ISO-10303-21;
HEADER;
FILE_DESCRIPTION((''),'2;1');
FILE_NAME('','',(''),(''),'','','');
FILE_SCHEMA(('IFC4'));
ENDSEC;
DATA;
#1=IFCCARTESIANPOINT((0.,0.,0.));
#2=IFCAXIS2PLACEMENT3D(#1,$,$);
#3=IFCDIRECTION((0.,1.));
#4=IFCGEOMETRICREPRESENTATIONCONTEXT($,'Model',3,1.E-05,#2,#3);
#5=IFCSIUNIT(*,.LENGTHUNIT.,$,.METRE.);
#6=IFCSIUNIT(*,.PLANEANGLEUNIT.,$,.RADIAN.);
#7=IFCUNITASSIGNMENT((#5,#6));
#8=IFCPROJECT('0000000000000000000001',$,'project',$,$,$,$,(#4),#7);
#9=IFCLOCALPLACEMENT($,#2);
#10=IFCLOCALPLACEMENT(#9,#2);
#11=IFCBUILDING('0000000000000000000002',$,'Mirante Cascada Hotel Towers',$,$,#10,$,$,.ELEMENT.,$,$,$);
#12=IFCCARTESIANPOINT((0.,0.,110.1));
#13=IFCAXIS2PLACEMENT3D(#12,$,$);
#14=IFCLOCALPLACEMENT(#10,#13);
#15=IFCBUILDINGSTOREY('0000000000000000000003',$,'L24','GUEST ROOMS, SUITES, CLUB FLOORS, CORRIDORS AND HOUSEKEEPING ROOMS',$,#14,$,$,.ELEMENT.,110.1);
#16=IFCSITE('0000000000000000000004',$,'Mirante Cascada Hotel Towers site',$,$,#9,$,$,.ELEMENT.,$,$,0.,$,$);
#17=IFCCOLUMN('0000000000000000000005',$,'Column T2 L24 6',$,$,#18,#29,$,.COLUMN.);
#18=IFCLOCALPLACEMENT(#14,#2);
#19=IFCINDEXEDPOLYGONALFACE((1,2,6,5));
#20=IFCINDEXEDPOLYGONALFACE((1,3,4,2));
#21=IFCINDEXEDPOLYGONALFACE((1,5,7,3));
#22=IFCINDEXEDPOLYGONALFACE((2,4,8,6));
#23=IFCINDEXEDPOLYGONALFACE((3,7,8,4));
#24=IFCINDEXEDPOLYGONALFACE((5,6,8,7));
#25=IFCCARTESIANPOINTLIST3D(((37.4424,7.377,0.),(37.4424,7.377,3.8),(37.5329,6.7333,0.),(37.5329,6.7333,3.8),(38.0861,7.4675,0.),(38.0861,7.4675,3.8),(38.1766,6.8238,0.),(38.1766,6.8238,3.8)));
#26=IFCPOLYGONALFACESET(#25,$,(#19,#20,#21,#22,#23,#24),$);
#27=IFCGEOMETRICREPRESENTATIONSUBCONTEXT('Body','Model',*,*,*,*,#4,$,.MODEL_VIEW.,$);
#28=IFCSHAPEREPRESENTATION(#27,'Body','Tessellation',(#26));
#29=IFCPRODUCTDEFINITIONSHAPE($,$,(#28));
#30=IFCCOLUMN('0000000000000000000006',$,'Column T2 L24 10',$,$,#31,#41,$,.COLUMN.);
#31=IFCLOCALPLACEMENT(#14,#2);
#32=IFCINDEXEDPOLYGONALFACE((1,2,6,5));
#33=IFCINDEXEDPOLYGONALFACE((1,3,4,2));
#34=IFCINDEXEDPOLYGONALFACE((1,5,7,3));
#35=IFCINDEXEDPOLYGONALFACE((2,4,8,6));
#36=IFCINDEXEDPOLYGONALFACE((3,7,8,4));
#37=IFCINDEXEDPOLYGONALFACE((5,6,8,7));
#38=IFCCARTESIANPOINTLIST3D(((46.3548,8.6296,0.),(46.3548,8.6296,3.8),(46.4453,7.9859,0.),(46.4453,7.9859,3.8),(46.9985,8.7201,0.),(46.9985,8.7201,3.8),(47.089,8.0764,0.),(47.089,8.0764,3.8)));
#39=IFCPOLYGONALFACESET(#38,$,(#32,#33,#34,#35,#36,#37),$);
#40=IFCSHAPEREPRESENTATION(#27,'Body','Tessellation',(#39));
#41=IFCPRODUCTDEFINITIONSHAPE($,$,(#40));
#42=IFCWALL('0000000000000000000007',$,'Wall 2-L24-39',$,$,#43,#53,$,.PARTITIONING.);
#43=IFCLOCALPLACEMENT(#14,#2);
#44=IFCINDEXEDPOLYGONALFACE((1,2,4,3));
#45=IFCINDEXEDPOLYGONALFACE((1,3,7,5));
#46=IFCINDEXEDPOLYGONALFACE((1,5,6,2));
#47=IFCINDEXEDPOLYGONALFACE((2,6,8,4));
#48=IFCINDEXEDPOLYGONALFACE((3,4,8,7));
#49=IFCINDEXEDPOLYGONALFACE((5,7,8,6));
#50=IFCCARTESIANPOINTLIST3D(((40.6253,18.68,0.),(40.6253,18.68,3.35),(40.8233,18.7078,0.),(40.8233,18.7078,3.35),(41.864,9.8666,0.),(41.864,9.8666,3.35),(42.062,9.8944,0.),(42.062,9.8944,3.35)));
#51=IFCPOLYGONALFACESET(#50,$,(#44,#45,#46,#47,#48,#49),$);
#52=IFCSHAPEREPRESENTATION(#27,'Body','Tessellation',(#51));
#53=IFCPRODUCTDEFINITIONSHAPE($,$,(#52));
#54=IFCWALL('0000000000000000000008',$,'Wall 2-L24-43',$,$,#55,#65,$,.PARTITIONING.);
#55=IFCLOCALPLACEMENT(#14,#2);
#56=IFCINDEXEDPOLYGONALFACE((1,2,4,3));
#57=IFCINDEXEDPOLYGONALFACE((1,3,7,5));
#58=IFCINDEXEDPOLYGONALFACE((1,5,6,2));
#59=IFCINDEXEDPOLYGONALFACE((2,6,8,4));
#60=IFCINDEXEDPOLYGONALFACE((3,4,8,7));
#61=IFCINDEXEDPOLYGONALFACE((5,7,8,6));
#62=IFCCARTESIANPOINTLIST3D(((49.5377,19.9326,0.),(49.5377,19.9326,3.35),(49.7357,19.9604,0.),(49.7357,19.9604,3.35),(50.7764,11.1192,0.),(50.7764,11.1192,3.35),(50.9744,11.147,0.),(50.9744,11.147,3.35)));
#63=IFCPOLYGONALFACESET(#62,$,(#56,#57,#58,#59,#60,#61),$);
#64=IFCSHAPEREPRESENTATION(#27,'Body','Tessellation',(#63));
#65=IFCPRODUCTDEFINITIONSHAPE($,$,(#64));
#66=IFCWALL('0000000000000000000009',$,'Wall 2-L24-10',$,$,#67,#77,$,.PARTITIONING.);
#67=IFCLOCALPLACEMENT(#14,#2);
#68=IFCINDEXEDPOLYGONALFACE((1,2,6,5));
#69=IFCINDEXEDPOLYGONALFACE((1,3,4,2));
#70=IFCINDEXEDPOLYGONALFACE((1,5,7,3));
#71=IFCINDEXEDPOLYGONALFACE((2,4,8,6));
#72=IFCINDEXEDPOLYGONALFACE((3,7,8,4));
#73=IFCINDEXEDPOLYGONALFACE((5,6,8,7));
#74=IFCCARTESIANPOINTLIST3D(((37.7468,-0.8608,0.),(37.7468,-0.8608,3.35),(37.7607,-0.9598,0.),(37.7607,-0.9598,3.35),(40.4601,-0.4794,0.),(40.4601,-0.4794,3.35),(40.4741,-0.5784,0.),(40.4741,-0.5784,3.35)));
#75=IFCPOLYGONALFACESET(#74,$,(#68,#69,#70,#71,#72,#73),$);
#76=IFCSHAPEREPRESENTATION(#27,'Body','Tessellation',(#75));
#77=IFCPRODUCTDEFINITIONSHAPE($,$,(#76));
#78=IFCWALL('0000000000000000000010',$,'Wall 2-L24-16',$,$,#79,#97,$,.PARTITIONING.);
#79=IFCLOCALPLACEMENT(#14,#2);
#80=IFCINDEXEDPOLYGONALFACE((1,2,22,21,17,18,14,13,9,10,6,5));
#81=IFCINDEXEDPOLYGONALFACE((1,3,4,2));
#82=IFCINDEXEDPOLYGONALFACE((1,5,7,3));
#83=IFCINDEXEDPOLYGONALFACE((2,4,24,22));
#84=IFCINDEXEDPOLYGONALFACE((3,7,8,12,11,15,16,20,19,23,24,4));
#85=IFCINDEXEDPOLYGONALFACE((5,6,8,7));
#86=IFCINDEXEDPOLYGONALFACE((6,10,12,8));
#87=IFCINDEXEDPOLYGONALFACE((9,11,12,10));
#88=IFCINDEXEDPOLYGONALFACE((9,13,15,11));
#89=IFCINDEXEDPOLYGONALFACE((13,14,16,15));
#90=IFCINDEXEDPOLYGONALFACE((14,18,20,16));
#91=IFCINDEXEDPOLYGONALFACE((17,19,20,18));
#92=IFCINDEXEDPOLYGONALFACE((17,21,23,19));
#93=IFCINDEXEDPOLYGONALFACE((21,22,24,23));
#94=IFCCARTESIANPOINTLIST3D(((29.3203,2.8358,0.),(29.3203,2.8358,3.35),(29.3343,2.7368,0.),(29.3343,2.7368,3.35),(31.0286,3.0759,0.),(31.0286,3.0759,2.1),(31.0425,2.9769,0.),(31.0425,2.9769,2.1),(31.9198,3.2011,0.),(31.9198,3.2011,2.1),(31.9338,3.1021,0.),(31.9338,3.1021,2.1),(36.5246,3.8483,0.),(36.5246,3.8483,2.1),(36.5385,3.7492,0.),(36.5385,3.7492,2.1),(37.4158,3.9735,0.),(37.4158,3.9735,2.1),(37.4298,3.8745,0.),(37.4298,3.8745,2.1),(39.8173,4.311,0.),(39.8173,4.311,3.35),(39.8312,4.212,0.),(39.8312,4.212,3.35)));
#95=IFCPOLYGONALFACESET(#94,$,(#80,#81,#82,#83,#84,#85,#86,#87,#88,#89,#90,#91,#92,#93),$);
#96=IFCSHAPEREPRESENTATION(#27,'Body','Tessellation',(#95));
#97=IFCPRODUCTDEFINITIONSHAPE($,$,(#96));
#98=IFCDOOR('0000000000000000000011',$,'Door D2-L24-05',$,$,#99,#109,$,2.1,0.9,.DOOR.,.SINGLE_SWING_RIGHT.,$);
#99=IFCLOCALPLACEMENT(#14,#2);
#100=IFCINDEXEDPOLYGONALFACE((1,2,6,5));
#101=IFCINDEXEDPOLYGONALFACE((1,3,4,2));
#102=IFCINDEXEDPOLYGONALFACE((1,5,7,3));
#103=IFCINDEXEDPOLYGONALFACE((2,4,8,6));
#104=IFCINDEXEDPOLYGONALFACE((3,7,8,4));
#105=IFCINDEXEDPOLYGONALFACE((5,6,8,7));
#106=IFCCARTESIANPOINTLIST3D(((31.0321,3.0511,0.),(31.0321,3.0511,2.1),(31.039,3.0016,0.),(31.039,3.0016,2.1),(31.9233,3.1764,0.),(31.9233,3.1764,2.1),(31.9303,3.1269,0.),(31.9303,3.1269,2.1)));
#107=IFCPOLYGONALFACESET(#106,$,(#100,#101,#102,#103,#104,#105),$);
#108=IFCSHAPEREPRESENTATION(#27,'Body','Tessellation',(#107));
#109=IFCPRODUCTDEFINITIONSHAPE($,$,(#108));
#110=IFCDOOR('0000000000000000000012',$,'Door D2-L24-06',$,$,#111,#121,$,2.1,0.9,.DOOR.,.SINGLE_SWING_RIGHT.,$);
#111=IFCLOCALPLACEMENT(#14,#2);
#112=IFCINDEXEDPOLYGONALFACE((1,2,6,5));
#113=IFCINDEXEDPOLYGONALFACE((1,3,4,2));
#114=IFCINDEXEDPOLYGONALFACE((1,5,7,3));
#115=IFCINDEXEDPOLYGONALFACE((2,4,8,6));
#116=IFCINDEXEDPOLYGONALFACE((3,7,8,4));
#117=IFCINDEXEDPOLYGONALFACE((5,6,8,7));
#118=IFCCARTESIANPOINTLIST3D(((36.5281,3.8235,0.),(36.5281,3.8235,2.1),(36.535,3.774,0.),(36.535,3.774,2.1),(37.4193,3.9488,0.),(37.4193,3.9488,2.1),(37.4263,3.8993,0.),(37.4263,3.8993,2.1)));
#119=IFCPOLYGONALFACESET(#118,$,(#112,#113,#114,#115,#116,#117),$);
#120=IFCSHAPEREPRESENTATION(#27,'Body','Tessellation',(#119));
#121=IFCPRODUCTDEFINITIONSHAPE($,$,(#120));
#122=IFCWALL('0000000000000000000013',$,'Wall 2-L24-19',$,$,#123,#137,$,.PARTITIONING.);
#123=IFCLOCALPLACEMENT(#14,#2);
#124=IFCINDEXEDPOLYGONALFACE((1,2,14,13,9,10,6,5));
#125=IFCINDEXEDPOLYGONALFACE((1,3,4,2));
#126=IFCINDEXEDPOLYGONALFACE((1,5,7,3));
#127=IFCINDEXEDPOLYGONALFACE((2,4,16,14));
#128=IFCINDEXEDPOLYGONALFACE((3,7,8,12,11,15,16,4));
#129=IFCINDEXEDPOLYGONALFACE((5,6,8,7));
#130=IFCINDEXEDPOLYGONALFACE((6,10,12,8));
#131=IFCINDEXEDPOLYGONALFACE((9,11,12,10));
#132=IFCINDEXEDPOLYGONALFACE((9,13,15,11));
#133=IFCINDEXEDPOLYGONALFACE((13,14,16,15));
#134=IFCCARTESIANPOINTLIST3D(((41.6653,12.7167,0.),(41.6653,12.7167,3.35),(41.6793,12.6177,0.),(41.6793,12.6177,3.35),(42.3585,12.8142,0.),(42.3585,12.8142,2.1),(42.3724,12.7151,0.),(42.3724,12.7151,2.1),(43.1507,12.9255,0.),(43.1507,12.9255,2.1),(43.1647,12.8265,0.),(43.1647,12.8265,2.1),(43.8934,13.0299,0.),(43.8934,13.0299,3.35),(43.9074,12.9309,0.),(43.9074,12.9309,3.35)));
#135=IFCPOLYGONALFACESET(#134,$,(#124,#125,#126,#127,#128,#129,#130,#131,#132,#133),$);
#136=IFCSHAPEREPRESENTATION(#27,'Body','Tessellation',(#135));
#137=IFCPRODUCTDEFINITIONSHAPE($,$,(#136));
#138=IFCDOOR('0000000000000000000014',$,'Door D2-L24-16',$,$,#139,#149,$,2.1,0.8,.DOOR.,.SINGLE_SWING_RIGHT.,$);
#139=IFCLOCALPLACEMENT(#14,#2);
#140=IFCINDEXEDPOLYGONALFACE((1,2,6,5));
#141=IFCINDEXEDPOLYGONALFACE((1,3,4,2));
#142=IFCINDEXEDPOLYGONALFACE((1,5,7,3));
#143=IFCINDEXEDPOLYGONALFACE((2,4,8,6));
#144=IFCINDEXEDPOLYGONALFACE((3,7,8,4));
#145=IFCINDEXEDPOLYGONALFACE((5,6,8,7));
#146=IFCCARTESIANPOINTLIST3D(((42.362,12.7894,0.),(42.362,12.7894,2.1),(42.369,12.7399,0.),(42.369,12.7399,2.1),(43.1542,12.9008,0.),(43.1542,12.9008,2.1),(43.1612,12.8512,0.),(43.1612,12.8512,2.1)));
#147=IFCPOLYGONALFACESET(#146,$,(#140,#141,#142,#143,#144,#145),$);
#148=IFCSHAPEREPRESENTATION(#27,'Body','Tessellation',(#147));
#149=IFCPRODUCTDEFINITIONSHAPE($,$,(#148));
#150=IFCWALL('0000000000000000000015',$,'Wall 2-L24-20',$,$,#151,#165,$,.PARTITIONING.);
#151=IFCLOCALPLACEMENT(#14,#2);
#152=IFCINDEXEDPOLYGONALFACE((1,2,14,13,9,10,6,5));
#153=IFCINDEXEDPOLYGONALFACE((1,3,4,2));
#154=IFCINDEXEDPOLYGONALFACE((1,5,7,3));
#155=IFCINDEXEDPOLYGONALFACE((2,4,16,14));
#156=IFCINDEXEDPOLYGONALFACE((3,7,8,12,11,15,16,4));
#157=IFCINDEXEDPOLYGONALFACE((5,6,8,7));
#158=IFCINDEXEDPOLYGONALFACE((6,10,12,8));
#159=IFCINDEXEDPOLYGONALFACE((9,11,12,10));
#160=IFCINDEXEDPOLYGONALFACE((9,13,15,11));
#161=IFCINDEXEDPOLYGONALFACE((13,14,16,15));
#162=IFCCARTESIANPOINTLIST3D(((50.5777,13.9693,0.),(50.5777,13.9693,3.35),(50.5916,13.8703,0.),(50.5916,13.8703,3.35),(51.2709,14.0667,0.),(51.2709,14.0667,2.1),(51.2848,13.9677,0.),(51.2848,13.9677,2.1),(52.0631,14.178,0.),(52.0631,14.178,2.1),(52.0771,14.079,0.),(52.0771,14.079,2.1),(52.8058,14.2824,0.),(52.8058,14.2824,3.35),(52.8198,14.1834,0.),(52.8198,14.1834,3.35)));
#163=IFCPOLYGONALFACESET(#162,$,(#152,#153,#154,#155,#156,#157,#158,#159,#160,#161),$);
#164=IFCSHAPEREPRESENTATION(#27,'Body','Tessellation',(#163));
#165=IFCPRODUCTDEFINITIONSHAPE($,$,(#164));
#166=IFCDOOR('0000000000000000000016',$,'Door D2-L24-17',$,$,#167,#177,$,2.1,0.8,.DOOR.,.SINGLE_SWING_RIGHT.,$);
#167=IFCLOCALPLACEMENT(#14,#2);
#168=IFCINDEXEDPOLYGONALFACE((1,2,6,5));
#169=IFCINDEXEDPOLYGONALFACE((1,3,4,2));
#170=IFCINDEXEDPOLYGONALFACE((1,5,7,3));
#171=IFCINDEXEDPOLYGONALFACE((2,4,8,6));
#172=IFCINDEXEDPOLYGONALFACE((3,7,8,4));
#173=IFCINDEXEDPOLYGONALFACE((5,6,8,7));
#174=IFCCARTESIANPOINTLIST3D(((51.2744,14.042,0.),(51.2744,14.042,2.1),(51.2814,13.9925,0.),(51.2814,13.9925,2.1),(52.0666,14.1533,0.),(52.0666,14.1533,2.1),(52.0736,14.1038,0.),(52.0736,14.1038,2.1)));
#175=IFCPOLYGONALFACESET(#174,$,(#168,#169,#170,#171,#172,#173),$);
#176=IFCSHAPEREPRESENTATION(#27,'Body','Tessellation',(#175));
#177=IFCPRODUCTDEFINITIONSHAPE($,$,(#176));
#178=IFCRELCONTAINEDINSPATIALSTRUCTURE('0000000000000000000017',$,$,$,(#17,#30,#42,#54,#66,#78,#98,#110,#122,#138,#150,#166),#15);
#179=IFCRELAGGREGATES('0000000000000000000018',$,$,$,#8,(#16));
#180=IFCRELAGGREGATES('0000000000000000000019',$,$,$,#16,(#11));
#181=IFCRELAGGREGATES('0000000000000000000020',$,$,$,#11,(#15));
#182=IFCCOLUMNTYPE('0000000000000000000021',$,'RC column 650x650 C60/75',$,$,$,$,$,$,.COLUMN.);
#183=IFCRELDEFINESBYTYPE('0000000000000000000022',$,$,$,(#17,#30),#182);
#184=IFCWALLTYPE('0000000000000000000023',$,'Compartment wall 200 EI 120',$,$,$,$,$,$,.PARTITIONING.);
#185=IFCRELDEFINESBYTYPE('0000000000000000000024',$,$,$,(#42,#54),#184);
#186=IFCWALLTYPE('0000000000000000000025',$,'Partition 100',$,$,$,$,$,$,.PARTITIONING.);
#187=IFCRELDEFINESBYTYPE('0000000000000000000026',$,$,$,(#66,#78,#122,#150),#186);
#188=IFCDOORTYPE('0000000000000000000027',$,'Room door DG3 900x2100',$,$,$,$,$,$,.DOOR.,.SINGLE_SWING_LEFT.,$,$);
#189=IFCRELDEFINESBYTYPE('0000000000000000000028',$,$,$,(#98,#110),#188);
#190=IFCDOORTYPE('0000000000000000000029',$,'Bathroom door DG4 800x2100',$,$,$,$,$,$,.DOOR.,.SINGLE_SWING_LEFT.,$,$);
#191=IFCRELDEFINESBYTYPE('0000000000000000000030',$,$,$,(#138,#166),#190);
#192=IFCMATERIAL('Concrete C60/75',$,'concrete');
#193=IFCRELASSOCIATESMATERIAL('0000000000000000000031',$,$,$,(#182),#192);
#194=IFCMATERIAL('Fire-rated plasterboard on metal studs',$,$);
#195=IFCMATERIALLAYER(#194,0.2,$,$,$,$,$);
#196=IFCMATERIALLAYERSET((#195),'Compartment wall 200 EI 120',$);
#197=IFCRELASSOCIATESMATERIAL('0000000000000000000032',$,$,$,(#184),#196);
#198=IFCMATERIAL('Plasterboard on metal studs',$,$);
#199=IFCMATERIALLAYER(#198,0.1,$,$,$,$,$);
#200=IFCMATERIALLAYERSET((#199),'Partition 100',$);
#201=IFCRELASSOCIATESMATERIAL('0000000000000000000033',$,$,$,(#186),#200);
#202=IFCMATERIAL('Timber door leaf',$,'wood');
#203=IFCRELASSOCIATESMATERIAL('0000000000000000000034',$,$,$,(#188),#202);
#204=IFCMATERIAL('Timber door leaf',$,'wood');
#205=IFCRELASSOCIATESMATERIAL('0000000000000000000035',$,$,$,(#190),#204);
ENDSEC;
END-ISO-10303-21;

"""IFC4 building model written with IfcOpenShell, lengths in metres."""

from ifc_helpers import new_model, si_unit, direction, frame, frame_2d, origin, origin_2d, place, context, subcontext, project, spatial, rectangle, extrude, material, layer, layer_set, material_profile, profile_set, type_object, element, fill, save


model = new_model("IFC4")

# Units and contexts
model_context = context("Model", 3, precision=1e-05, world=origin(), true_north=direction((0.0, 1.0)))
body_context = subcontext(model_context, "Body", "Model", "MODEL_VIEW")
ifc_project = project(units=[si_unit("LENGTHUNIT", "METRE"), si_unit("PLANEANGLEUNIT", "RADIAN")], contexts=[model_context])

# Site, building, storey
site_placement = place(None, origin())
site = spatial("IfcSite", under=ifc_project, at=site_placement, Name="Mirante Cascada Hotel Towers site", CompositionType="ELEMENT", RefElevation=0.0)
building_placement = place(site_placement, origin())
building = spatial("IfcBuilding", under=site, at=building_placement, Name="Mirante Cascada Hotel Towers", CompositionType="ELEMENT")
storey_placement = place(building_placement, frame((0.0, 0.0, 110.1)))
storey = spatial("IfcBuildingStorey", under=building, at=storey_placement, Name="L24", Description="GUEST ROOMS, SUITES, CLUB FLOORS, CORRIDORS AND HOUSEKEEPING ROOMS", CompositionType="ELEMENT", Elevation=110.1)

# Columns
ifc_material_1 = material(Name="Concrete C60/75", Category="concrete")
ifc_material_profile = material_profile(ifc_material_1, rectangle(XDim=0.65, YDim=0.65, at=origin_2d()), Name="RC column 650x650 C60/75")
ifc_profile_set = profile_set([ifc_material_profile], Name="Concrete C60/75")
column_type = type_object("IfcColumnType", Name="RC column 650x650 C60/75", PredefinedType="COLUMN", material=ifc_profile_set)
for number, where, z_axis, x_axis, name in (
    (1, (37.8095, 7.1004, 0.0), (0.0, 0.0, 1.0), (0.990268, 0.139173, 0.0), "Column T2 L24 6"),
    (2, (46.7219, 8.353, 0.0), (0.0, 0.0, 1.0), (0.990268, 0.139173, 0.0), "Column T2 L24 10"),
):
    element("IfcColumn", number, at=place(storey_placement, frame(where, z_axis=z_axis, x_axis=x_axis)), inside=storey, type_object=column_type, Name=name, PredefinedType="COLUMN", context=body_context, shape_type="SweptSolid", body=[
        extrude(rectangle(XDim=0.65, YDim=0.65, at=origin_2d()), origin(), (0.0, 0.0, 1.0), 3.8),
    ])

# Walls
ifc_material_2 = material(Name="Fire-rated plasterboard on metal studs")
ifc_layer_1 = layer(ifc_material_2, 0.2)
ifc_layer_set_1 = layer_set([ifc_layer_1], Name="Compartment wall 200 EI 120")
wall_type_1 = type_object("IfcWallType", Name="Compartment wall 200 EI 120", PredefinedType="PARTITIONING", material=ifc_layer_set_1)
for number, where, z_axis, x_axis, name in (
    (3, (41.963, 9.8805, 0.0), (0.0, 0.0, 1.0), (-0.139179, 0.990267, 0.0), "Wall 2-L24-39"),
    (4, (50.8754, 11.1331, 0.0), (0.0, 0.0, 1.0), (-0.139179, 0.990267, 0.0), "Wall 2-L24-43"),
):
    element("IfcWall", number, at=place(storey_placement, frame(where, z_axis=z_axis, x_axis=x_axis)), inside=storey, type_object=wall_type_1, Name=name, PredefinedType="PARTITIONING", context=body_context, shape_type="SweptSolid", body=[
        extrude(rectangle(XDim=8.9, YDim=0.2, at=frame_2d((4.45, 0.0))), origin(), (0.0, 0.0, 1.0), 3.35),
    ])
ifc_material_3 = material(Name="Plasterboard on metal studs")
ifc_layer_2 = layer(ifc_material_3, 0.1)
ifc_layer_set_2 = layer_set([ifc_layer_2], Name="Partition 100")
wall_type_2 = type_object("IfcWallType", Name="Partition 100", PredefinedType="PARTITIONING", material=ifc_layer_set_2)
wall_1_placement = place(storey_placement, frame((40.4671, -0.5289, 0.0), z_axis=(0.0, 0.0, 1.0), x_axis=(-0.990264, -0.139198, 0.0)))
element("IfcWall", 5, at=wall_1_placement, inside=storey, type_object=wall_type_2, Name="Wall 2-L24-10", PredefinedType="PARTITIONING", context=body_context, shape_type="SweptSolid", body=[
    extrude(rectangle(XDim=2.74, YDim=0.1, at=frame_2d((1.37, 0.0))), origin(), (0.0, 0.0, 1.0), 3.35),
])

# Wall, openings, doors
wall_2_placement = place(storey_placement, frame((39.8242, 4.2615, 0.0), z_axis=(0.0, 0.0, 1.0), x_axis=(-0.990269, -0.139169, 0.0)))
wall_2 = element("IfcWall", 6, at=wall_2_placement, inside=storey, type_object=wall_type_2, Name="Wall 2-L24-16", PredefinedType="PARTITIONING", context=body_context, shape_type="SweptSolid", body=[
    extrude(rectangle(XDim=10.6001, YDim=0.1, at=frame_2d((5.3, 0.0))), origin(), (0.0, 0.0, 1.0), 3.35),
])
opening_1_placement = place(wall_2_placement, frame((7.975, 0.0, 0.0)))
opening_1 = element("IfcOpeningElement", 7, at=opening_1_placement, cuts=wall_2, PredefinedType="OPENING", context=body_context, shape_type="SweptSolid", body=[
    extrude(rectangle(XDim=0.9, YDim=2.1, at=frame_2d((0.45, 1.05))), frame((0.0, 0.05, 0.0), z_axis=(0.0, -1.0, 0.0), x_axis=(1.0, 0.0, 0.0)), (0.0, 0.0, 1.0), 0.1),
])
opening_2_placement = place(wall_2_placement, frame((2.425, 0.0, 0.0)))
opening_2 = element("IfcOpeningElement", 8, at=opening_2_placement, cuts=wall_2, PredefinedType="OPENING", context=body_context, shape_type="SweptSolid", body=[
    extrude(rectangle(XDim=0.9, YDim=2.1, at=frame_2d((0.45, 1.05))), frame((0.0, 0.05, 0.0), z_axis=(0.0, -1.0, 0.0), x_axis=(1.0, 0.0, 0.0)), (0.0, 0.0, 1.0), 0.1),
])
ifc_material_4 = material(Name="Timber door leaf", Category="wood")
door_type_1 = type_object("IfcDoorType", Name="Room door DG3 900x2100", OperationType="SINGLE_SWING_LEFT", PredefinedType="DOOR", material=ifc_material_4)
door_1_placement = place(opening_1_placement, frame((0.9, 0.0, 0.0), z_axis=(0.0, 0.0, 1.0), x_axis=(-1.0, 0.0, 0.0)))
door_1 = element("IfcDoor", 9, at=door_1_placement, inside=storey, type_object=door_type_1, Name="Door D2-L24-05", OperationType="SINGLE_SWING_RIGHT", OverallHeight=2.1, OverallWidth=0.9, PredefinedType="DOOR", context=body_context, shape_type="SweptSolid", body=[
    extrude(rectangle(XDim=0.9, YDim=2.1, at=frame_2d((0.45, 1.05))), frame((0.0, 0.025, 0.0), z_axis=(0.0, -1.0, 0.0), x_axis=(1.0, 0.0, 0.0)), (0.0, 0.0, 1.0), 0.05),
])
fill(opening_1, door_1)
door_2_placement = place(opening_2_placement, frame((0.9, 0.0, 0.0), z_axis=(0.0, 0.0, 1.0), x_axis=(-1.0, 0.0, 0.0)))
door_2 = element("IfcDoor", 10, at=door_2_placement, inside=storey, type_object=door_type_1, Name="Door D2-L24-06", OperationType="SINGLE_SWING_RIGHT", OverallHeight=2.1, OverallWidth=0.9, PredefinedType="DOOR", context=body_context, shape_type="SweptSolid", body=[
    extrude(rectangle(XDim=0.9, YDim=2.1, at=frame_2d((0.45, 1.05))), frame((0.0, 0.025, 0.0), z_axis=(0.0, -1.0, 0.0), x_axis=(1.0, 0.0, 0.0)), (0.0, 0.0, 1.0), 0.05),
])
fill(opening_2, door_2)

# Walls, openings, doors
wall_3_placement = place(storey_placement, frame((41.6723, 12.6672, 0.0), z_axis=(0.0, 0.0, 1.0), x_axis=(0.990264, 0.1392, 0.0)))
wall_3 = element("IfcWall", 11, at=wall_3_placement, inside=storey, type_object=wall_type_2, Name="Wall 2-L24-19", PredefinedType="PARTITIONING", context=body_context, shape_type="SweptSolid", body=[
    extrude(rectangle(XDim=2.25, YDim=0.1, at=frame_2d((1.125, 0.0))), origin(), (0.0, 0.0, 1.0), 3.35),
])
opening_3_placement = place(wall_3_placement, frame((0.7, 0.0, 0.0)))
opening_3 = element("IfcOpeningElement", 12, at=opening_3_placement, cuts=wall_3, PredefinedType="OPENING", context=body_context, shape_type="SweptSolid", body=[
    extrude(rectangle(XDim=0.8, YDim=2.1, at=frame_2d((0.4, 1.05))), frame((0.0, 0.05, 0.0), z_axis=(0.0, -1.0, 0.0), x_axis=(1.0, 0.0, 0.0)), (0.0, 0.0, 1.0), 0.1),
])
ifc_material_5 = material(Name="Timber door leaf", Category="wood")
door_type_2 = type_object("IfcDoorType", Name="Bathroom door DG4 800x2100", OperationType="SINGLE_SWING_LEFT", PredefinedType="DOOR", material=ifc_material_5)
door_3_placement = place(opening_3_placement, frame((0.8, 0.0, 0.0), z_axis=(0.0, 0.0, 1.0), x_axis=(-1.0, 0.0, 0.0)))
door_3 = element("IfcDoor", 13, at=door_3_placement, inside=storey, type_object=door_type_2, Name="Door D2-L24-16", OperationType="SINGLE_SWING_RIGHT", OverallHeight=2.1, OverallWidth=0.8, PredefinedType="DOOR", context=body_context, shape_type="SweptSolid", body=[
    extrude(rectangle(XDim=0.8, YDim=2.1, at=frame_2d((0.4, 1.05))), frame((0.0, 0.025, 0.0), z_axis=(0.0, -1.0, 0.0), x_axis=(1.0, 0.0, 0.0)), (0.0, 0.0, 1.0), 0.05),
])
fill(opening_3, door_3)
wall_4_placement = place(storey_placement, frame((52.8128, 14.2329, 0.0), z_axis=(0.0, 0.0, 1.0), x_axis=(-0.990271, -0.139156, 0.0)))
wall_4 = element("IfcWall", 14, at=wall_4_placement, inside=storey, type_object=wall_type_2, Name="Wall 2-L24-20", PredefinedType="PARTITIONING", context=body_context, shape_type="SweptSolid", body=[
    extrude(rectangle(XDim=2.25, YDim=0.1, at=frame_2d((1.125, 0.0))), origin(), (0.0, 0.0, 1.0), 3.35),
])
opening_4_placement = place(wall_4_placement, frame((0.75, 0.0, 0.0)))
opening_4 = element("IfcOpeningElement", 15, at=opening_4_placement, cuts=wall_4, PredefinedType="OPENING", context=body_context, shape_type="SweptSolid", body=[
    extrude(rectangle(XDim=0.8, YDim=2.1, at=frame_2d((0.4, 1.05))), frame((0.0, 0.05, 0.0), z_axis=(0.0, -1.0, 0.0), x_axis=(1.0, 0.0, 0.0)), (0.0, 0.0, 1.0), 0.1),
])
door_4_placement = place(opening_4_placement, frame((0.8, 0.0, 0.0), z_axis=(0.0, 0.0, 1.0), x_axis=(-1.0, 0.0, 0.0)))
door_4 = element("IfcDoor", 16, at=door_4_placement, inside=storey, type_object=door_type_2, Name="Door D2-L24-17", OperationType="SINGLE_SWING_RIGHT", OverallHeight=2.1, OverallWidth=0.8, PredefinedType="DOOR", context=body_context, shape_type="SweptSolid", body=[
    extrude(rectangle(XDim=0.8, YDim=2.1, at=frame_2d((0.4, 1.05))), frame((0.0, 0.025, 0.0), z_axis=(0.0, -1.0, 0.0), x_axis=(1.0, 0.0, 0.0)), (0.0, 0.0, 1.0), 0.05),
])
fill(opening_4, door_4)

save(model, "model.ifc")
